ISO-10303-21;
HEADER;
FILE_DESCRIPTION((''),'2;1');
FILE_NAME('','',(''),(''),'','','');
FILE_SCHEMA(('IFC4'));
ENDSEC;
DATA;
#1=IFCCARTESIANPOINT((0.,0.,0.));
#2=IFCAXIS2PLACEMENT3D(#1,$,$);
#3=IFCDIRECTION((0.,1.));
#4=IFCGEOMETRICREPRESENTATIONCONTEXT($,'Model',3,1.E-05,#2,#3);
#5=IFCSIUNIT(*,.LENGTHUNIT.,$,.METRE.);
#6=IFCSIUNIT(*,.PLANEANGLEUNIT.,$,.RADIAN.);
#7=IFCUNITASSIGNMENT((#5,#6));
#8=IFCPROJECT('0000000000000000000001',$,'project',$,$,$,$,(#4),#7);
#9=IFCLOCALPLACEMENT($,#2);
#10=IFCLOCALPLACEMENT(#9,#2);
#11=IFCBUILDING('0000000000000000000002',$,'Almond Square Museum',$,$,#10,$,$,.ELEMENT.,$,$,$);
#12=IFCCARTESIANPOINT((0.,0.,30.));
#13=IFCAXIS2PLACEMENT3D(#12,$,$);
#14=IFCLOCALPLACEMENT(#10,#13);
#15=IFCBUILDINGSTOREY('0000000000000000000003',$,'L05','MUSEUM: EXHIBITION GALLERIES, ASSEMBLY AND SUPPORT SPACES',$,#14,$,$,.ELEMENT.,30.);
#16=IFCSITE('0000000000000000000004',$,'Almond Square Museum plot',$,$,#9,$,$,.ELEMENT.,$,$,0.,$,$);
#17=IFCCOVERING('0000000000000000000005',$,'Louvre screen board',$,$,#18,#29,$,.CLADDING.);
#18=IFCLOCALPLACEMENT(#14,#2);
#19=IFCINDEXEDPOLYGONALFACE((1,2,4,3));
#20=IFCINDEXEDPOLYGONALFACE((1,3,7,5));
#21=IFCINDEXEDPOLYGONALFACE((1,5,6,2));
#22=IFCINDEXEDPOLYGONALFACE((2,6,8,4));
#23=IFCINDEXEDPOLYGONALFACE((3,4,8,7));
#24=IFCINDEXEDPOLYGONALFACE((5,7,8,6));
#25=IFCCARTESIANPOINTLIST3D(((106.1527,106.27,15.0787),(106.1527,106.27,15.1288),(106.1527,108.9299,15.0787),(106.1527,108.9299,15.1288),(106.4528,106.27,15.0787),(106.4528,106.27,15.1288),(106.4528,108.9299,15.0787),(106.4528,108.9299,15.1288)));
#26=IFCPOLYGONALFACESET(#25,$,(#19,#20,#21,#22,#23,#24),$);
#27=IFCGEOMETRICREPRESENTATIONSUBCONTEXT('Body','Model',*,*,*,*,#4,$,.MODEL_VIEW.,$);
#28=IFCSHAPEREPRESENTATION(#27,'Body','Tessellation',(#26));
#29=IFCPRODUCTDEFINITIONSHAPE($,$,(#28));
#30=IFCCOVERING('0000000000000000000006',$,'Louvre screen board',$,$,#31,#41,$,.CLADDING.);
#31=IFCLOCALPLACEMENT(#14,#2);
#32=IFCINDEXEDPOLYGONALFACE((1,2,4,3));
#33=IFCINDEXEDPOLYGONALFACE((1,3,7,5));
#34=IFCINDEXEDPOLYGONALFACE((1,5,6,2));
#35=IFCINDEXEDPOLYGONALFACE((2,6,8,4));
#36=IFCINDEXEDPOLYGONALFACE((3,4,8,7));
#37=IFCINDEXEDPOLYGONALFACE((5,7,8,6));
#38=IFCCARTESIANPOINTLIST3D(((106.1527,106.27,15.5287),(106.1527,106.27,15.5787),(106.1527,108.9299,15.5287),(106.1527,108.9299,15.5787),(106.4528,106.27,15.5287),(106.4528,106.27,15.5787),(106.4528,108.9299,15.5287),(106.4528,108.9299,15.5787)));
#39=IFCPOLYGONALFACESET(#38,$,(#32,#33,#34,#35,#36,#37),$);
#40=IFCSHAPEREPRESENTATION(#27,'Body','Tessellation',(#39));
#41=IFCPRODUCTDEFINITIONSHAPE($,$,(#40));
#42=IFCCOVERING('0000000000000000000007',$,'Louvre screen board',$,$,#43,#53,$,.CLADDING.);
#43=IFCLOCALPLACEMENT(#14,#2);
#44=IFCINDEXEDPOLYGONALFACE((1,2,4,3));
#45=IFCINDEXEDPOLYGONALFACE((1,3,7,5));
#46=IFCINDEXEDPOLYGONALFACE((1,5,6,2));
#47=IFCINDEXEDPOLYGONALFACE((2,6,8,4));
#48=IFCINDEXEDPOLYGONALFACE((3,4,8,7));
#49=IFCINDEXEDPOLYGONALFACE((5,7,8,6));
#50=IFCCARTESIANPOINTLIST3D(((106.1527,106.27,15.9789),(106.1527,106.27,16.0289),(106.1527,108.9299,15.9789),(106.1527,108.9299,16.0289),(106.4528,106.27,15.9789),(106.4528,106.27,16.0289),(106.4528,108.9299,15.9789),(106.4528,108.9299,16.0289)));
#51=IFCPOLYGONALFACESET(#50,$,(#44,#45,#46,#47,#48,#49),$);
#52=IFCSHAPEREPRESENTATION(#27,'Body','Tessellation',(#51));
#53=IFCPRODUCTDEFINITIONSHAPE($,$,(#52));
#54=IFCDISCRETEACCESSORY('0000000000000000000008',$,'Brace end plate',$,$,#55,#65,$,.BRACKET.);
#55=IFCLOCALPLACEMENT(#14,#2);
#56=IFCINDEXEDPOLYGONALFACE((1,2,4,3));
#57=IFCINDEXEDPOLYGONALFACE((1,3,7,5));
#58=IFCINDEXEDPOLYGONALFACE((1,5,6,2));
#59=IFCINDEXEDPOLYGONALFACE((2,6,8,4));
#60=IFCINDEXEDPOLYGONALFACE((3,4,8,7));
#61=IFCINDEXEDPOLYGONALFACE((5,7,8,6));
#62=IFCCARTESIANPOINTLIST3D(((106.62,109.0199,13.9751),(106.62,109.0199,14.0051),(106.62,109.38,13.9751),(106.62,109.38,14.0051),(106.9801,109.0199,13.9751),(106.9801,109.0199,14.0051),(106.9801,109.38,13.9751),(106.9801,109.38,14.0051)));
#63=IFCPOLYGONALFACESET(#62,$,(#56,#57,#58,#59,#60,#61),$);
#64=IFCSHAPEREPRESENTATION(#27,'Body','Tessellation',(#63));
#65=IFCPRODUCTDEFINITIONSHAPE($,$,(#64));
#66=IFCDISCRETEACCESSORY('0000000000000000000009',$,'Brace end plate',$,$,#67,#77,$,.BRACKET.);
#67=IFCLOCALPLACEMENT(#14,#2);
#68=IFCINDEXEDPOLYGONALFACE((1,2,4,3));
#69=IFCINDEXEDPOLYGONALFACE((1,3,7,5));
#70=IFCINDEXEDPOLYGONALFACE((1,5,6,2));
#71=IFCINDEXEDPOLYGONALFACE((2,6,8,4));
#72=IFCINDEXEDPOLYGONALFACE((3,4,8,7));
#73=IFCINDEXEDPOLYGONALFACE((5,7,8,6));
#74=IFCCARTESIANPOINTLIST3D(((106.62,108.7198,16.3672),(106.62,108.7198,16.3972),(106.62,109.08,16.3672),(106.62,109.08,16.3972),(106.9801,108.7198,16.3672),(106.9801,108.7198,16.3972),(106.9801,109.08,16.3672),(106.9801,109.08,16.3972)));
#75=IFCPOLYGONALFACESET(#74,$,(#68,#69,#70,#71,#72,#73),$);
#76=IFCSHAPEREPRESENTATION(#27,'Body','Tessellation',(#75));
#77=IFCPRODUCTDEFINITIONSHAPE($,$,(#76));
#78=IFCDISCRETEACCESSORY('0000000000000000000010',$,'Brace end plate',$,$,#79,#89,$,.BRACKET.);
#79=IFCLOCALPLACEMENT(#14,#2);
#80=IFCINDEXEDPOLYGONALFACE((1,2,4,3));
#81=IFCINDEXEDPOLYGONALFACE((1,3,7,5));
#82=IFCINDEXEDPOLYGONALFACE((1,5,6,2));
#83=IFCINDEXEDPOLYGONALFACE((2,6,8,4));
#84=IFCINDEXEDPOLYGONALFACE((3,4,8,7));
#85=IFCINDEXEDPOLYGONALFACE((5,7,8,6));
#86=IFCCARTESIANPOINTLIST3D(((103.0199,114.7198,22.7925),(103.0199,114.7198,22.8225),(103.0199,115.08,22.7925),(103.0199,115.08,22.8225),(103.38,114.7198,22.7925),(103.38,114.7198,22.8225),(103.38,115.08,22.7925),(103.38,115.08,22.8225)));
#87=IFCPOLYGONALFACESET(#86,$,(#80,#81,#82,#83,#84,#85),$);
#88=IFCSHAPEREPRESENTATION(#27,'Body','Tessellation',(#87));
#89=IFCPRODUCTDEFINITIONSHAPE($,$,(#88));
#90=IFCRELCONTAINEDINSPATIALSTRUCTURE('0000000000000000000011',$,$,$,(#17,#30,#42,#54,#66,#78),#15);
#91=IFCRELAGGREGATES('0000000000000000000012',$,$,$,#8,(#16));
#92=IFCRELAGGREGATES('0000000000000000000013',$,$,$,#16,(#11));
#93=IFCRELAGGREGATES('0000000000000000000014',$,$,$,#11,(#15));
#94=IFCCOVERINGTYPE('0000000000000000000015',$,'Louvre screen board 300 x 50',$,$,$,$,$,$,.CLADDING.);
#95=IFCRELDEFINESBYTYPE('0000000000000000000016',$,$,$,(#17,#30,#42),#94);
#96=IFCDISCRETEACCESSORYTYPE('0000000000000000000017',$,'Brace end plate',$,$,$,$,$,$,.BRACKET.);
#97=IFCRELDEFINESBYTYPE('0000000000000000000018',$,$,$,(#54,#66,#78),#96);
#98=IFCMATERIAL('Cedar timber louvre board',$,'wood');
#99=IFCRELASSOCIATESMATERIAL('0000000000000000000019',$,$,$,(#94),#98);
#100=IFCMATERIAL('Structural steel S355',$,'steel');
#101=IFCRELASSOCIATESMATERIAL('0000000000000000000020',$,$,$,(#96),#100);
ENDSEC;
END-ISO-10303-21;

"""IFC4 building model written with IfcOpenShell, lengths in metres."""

from ifc_helpers import new_model, si_unit, direction, frame, origin, origin_2d, place, context, subcontext, project, spatial, rectangle, extrude, material, material_profile, profile_set, type_object, element, save


model = new_model("IFC4")

# Units and contexts
model_context = context("Model", 3, precision=1e-05, world=origin(), true_north=direction((0.0, 1.0)))
body_context = subcontext(model_context, "Body", "Model", "MODEL_VIEW")
ifc_project = project(units=[si_unit("LENGTHUNIT", "METRE"), si_unit("PLANEANGLEUNIT", "RADIAN")], contexts=[model_context])

# Site, building, storey
site_placement = place(None, origin())
site = spatial("IfcSite", under=ifc_project, at=site_placement, Name="Almond Square Museum plot", CompositionType="ELEMENT", RefElevation=0.0)
building_placement = place(site_placement, origin())
building = spatial("IfcBuilding", under=site, at=building_placement, Name="Almond Square Museum", CompositionType="ELEMENT")
storey_placement = place(building_placement, frame((0.0, 0.0, 30.0)))
storey = spatial("IfcBuildingStorey", under=building, at=storey_placement, Name="L05", Description="MUSEUM: EXHIBITION GALLERIES, ASSEMBLY AND SUPPORT SPACES", CompositionType="ELEMENT", Elevation=30.0)

# Coverings
ifc_material_1 = material(Name="Cedar timber louvre board", Category="wood")
ifc_material_profile_1 = material_profile(ifc_material_1, rectangle(XDim=0.3, YDim=0.05, at=origin_2d()))
ifc_profile_set_1 = profile_set([ifc_material_profile_1], Name="Cedar timber louvre board")
covering_type_1 = type_object("IfcCoveringType", Name="Louvre screen board 300 x 50", PredefinedType="CLADDING", material=ifc_profile_set_1)
for number, where, z_axis, x_axis, name in (
    (1, (106.3027, 106.27, 15.1038), (0.0, 1.0, 0.0), (-1.0, 0.0, 0.0), "Louvre screen board"),
    (2, (106.3027, 106.27, 15.5537), (0.0, 1.0, 0.0), (-1.0, 0.0, 0.0), "Louvre screen board"),
    (3, (106.3027, 106.27, 16.0039), (0.0, 1.0, 0.0), (-1.0, 0.0, 0.0), "Louvre screen board"),
):
    element("IfcCovering", number, at=place(storey_placement, frame(where, z_axis=z_axis, x_axis=x_axis)), inside=storey, type_object=covering_type_1, Name=name, PredefinedType="CLADDING", context=body_context, shape_type="SweptSolid", body=[
        extrude(rectangle(XDim=0.3, YDim=0.05, at=origin_2d()), origin(), (0.0, 0.0, 1.0), 2.6599),
    ])

# Discrete accessories
ifc_material_2 = material(Name="Structural steel S355", Category="steel")
discrete_accessory_type = type_object("IfcDiscreteAccessoryType", Name="Brace end plate", PredefinedType="BRACKET", material=ifc_material_2)
for number, where, z_axis, x_axis, name in (
    (4, (106.8, 109.2, 13.9751), (0.0, 0.0, 1.0), (1.0, 0.0, 0.0), "Brace end plate"),
    (5, (106.8, 108.8999, 16.3672), (0.0, 0.0, 1.0), (1.0, 0.0, 0.0), "Brace end plate"),
    (6, (103.2, 114.8999, 22.7925), (0.0, 0.0, 1.0), (1.0, 0.0, 0.0), "Brace end plate"),
):
    element("IfcDiscreteAccessory", number, at=place(storey_placement, frame(where, z_axis=z_axis, x_axis=x_axis)), inside=storey, type_object=discrete_accessory_type, Name=name, PredefinedType="BRACKET", context=body_context, shape_type="SweptSolid", body=[
        extrude(rectangle(XDim=0.3601, YDim=0.3601, at=origin_2d()), origin(), (0.0, 0.0, 1.0), 0.03),
    ])

save(model, "model.ifc")
